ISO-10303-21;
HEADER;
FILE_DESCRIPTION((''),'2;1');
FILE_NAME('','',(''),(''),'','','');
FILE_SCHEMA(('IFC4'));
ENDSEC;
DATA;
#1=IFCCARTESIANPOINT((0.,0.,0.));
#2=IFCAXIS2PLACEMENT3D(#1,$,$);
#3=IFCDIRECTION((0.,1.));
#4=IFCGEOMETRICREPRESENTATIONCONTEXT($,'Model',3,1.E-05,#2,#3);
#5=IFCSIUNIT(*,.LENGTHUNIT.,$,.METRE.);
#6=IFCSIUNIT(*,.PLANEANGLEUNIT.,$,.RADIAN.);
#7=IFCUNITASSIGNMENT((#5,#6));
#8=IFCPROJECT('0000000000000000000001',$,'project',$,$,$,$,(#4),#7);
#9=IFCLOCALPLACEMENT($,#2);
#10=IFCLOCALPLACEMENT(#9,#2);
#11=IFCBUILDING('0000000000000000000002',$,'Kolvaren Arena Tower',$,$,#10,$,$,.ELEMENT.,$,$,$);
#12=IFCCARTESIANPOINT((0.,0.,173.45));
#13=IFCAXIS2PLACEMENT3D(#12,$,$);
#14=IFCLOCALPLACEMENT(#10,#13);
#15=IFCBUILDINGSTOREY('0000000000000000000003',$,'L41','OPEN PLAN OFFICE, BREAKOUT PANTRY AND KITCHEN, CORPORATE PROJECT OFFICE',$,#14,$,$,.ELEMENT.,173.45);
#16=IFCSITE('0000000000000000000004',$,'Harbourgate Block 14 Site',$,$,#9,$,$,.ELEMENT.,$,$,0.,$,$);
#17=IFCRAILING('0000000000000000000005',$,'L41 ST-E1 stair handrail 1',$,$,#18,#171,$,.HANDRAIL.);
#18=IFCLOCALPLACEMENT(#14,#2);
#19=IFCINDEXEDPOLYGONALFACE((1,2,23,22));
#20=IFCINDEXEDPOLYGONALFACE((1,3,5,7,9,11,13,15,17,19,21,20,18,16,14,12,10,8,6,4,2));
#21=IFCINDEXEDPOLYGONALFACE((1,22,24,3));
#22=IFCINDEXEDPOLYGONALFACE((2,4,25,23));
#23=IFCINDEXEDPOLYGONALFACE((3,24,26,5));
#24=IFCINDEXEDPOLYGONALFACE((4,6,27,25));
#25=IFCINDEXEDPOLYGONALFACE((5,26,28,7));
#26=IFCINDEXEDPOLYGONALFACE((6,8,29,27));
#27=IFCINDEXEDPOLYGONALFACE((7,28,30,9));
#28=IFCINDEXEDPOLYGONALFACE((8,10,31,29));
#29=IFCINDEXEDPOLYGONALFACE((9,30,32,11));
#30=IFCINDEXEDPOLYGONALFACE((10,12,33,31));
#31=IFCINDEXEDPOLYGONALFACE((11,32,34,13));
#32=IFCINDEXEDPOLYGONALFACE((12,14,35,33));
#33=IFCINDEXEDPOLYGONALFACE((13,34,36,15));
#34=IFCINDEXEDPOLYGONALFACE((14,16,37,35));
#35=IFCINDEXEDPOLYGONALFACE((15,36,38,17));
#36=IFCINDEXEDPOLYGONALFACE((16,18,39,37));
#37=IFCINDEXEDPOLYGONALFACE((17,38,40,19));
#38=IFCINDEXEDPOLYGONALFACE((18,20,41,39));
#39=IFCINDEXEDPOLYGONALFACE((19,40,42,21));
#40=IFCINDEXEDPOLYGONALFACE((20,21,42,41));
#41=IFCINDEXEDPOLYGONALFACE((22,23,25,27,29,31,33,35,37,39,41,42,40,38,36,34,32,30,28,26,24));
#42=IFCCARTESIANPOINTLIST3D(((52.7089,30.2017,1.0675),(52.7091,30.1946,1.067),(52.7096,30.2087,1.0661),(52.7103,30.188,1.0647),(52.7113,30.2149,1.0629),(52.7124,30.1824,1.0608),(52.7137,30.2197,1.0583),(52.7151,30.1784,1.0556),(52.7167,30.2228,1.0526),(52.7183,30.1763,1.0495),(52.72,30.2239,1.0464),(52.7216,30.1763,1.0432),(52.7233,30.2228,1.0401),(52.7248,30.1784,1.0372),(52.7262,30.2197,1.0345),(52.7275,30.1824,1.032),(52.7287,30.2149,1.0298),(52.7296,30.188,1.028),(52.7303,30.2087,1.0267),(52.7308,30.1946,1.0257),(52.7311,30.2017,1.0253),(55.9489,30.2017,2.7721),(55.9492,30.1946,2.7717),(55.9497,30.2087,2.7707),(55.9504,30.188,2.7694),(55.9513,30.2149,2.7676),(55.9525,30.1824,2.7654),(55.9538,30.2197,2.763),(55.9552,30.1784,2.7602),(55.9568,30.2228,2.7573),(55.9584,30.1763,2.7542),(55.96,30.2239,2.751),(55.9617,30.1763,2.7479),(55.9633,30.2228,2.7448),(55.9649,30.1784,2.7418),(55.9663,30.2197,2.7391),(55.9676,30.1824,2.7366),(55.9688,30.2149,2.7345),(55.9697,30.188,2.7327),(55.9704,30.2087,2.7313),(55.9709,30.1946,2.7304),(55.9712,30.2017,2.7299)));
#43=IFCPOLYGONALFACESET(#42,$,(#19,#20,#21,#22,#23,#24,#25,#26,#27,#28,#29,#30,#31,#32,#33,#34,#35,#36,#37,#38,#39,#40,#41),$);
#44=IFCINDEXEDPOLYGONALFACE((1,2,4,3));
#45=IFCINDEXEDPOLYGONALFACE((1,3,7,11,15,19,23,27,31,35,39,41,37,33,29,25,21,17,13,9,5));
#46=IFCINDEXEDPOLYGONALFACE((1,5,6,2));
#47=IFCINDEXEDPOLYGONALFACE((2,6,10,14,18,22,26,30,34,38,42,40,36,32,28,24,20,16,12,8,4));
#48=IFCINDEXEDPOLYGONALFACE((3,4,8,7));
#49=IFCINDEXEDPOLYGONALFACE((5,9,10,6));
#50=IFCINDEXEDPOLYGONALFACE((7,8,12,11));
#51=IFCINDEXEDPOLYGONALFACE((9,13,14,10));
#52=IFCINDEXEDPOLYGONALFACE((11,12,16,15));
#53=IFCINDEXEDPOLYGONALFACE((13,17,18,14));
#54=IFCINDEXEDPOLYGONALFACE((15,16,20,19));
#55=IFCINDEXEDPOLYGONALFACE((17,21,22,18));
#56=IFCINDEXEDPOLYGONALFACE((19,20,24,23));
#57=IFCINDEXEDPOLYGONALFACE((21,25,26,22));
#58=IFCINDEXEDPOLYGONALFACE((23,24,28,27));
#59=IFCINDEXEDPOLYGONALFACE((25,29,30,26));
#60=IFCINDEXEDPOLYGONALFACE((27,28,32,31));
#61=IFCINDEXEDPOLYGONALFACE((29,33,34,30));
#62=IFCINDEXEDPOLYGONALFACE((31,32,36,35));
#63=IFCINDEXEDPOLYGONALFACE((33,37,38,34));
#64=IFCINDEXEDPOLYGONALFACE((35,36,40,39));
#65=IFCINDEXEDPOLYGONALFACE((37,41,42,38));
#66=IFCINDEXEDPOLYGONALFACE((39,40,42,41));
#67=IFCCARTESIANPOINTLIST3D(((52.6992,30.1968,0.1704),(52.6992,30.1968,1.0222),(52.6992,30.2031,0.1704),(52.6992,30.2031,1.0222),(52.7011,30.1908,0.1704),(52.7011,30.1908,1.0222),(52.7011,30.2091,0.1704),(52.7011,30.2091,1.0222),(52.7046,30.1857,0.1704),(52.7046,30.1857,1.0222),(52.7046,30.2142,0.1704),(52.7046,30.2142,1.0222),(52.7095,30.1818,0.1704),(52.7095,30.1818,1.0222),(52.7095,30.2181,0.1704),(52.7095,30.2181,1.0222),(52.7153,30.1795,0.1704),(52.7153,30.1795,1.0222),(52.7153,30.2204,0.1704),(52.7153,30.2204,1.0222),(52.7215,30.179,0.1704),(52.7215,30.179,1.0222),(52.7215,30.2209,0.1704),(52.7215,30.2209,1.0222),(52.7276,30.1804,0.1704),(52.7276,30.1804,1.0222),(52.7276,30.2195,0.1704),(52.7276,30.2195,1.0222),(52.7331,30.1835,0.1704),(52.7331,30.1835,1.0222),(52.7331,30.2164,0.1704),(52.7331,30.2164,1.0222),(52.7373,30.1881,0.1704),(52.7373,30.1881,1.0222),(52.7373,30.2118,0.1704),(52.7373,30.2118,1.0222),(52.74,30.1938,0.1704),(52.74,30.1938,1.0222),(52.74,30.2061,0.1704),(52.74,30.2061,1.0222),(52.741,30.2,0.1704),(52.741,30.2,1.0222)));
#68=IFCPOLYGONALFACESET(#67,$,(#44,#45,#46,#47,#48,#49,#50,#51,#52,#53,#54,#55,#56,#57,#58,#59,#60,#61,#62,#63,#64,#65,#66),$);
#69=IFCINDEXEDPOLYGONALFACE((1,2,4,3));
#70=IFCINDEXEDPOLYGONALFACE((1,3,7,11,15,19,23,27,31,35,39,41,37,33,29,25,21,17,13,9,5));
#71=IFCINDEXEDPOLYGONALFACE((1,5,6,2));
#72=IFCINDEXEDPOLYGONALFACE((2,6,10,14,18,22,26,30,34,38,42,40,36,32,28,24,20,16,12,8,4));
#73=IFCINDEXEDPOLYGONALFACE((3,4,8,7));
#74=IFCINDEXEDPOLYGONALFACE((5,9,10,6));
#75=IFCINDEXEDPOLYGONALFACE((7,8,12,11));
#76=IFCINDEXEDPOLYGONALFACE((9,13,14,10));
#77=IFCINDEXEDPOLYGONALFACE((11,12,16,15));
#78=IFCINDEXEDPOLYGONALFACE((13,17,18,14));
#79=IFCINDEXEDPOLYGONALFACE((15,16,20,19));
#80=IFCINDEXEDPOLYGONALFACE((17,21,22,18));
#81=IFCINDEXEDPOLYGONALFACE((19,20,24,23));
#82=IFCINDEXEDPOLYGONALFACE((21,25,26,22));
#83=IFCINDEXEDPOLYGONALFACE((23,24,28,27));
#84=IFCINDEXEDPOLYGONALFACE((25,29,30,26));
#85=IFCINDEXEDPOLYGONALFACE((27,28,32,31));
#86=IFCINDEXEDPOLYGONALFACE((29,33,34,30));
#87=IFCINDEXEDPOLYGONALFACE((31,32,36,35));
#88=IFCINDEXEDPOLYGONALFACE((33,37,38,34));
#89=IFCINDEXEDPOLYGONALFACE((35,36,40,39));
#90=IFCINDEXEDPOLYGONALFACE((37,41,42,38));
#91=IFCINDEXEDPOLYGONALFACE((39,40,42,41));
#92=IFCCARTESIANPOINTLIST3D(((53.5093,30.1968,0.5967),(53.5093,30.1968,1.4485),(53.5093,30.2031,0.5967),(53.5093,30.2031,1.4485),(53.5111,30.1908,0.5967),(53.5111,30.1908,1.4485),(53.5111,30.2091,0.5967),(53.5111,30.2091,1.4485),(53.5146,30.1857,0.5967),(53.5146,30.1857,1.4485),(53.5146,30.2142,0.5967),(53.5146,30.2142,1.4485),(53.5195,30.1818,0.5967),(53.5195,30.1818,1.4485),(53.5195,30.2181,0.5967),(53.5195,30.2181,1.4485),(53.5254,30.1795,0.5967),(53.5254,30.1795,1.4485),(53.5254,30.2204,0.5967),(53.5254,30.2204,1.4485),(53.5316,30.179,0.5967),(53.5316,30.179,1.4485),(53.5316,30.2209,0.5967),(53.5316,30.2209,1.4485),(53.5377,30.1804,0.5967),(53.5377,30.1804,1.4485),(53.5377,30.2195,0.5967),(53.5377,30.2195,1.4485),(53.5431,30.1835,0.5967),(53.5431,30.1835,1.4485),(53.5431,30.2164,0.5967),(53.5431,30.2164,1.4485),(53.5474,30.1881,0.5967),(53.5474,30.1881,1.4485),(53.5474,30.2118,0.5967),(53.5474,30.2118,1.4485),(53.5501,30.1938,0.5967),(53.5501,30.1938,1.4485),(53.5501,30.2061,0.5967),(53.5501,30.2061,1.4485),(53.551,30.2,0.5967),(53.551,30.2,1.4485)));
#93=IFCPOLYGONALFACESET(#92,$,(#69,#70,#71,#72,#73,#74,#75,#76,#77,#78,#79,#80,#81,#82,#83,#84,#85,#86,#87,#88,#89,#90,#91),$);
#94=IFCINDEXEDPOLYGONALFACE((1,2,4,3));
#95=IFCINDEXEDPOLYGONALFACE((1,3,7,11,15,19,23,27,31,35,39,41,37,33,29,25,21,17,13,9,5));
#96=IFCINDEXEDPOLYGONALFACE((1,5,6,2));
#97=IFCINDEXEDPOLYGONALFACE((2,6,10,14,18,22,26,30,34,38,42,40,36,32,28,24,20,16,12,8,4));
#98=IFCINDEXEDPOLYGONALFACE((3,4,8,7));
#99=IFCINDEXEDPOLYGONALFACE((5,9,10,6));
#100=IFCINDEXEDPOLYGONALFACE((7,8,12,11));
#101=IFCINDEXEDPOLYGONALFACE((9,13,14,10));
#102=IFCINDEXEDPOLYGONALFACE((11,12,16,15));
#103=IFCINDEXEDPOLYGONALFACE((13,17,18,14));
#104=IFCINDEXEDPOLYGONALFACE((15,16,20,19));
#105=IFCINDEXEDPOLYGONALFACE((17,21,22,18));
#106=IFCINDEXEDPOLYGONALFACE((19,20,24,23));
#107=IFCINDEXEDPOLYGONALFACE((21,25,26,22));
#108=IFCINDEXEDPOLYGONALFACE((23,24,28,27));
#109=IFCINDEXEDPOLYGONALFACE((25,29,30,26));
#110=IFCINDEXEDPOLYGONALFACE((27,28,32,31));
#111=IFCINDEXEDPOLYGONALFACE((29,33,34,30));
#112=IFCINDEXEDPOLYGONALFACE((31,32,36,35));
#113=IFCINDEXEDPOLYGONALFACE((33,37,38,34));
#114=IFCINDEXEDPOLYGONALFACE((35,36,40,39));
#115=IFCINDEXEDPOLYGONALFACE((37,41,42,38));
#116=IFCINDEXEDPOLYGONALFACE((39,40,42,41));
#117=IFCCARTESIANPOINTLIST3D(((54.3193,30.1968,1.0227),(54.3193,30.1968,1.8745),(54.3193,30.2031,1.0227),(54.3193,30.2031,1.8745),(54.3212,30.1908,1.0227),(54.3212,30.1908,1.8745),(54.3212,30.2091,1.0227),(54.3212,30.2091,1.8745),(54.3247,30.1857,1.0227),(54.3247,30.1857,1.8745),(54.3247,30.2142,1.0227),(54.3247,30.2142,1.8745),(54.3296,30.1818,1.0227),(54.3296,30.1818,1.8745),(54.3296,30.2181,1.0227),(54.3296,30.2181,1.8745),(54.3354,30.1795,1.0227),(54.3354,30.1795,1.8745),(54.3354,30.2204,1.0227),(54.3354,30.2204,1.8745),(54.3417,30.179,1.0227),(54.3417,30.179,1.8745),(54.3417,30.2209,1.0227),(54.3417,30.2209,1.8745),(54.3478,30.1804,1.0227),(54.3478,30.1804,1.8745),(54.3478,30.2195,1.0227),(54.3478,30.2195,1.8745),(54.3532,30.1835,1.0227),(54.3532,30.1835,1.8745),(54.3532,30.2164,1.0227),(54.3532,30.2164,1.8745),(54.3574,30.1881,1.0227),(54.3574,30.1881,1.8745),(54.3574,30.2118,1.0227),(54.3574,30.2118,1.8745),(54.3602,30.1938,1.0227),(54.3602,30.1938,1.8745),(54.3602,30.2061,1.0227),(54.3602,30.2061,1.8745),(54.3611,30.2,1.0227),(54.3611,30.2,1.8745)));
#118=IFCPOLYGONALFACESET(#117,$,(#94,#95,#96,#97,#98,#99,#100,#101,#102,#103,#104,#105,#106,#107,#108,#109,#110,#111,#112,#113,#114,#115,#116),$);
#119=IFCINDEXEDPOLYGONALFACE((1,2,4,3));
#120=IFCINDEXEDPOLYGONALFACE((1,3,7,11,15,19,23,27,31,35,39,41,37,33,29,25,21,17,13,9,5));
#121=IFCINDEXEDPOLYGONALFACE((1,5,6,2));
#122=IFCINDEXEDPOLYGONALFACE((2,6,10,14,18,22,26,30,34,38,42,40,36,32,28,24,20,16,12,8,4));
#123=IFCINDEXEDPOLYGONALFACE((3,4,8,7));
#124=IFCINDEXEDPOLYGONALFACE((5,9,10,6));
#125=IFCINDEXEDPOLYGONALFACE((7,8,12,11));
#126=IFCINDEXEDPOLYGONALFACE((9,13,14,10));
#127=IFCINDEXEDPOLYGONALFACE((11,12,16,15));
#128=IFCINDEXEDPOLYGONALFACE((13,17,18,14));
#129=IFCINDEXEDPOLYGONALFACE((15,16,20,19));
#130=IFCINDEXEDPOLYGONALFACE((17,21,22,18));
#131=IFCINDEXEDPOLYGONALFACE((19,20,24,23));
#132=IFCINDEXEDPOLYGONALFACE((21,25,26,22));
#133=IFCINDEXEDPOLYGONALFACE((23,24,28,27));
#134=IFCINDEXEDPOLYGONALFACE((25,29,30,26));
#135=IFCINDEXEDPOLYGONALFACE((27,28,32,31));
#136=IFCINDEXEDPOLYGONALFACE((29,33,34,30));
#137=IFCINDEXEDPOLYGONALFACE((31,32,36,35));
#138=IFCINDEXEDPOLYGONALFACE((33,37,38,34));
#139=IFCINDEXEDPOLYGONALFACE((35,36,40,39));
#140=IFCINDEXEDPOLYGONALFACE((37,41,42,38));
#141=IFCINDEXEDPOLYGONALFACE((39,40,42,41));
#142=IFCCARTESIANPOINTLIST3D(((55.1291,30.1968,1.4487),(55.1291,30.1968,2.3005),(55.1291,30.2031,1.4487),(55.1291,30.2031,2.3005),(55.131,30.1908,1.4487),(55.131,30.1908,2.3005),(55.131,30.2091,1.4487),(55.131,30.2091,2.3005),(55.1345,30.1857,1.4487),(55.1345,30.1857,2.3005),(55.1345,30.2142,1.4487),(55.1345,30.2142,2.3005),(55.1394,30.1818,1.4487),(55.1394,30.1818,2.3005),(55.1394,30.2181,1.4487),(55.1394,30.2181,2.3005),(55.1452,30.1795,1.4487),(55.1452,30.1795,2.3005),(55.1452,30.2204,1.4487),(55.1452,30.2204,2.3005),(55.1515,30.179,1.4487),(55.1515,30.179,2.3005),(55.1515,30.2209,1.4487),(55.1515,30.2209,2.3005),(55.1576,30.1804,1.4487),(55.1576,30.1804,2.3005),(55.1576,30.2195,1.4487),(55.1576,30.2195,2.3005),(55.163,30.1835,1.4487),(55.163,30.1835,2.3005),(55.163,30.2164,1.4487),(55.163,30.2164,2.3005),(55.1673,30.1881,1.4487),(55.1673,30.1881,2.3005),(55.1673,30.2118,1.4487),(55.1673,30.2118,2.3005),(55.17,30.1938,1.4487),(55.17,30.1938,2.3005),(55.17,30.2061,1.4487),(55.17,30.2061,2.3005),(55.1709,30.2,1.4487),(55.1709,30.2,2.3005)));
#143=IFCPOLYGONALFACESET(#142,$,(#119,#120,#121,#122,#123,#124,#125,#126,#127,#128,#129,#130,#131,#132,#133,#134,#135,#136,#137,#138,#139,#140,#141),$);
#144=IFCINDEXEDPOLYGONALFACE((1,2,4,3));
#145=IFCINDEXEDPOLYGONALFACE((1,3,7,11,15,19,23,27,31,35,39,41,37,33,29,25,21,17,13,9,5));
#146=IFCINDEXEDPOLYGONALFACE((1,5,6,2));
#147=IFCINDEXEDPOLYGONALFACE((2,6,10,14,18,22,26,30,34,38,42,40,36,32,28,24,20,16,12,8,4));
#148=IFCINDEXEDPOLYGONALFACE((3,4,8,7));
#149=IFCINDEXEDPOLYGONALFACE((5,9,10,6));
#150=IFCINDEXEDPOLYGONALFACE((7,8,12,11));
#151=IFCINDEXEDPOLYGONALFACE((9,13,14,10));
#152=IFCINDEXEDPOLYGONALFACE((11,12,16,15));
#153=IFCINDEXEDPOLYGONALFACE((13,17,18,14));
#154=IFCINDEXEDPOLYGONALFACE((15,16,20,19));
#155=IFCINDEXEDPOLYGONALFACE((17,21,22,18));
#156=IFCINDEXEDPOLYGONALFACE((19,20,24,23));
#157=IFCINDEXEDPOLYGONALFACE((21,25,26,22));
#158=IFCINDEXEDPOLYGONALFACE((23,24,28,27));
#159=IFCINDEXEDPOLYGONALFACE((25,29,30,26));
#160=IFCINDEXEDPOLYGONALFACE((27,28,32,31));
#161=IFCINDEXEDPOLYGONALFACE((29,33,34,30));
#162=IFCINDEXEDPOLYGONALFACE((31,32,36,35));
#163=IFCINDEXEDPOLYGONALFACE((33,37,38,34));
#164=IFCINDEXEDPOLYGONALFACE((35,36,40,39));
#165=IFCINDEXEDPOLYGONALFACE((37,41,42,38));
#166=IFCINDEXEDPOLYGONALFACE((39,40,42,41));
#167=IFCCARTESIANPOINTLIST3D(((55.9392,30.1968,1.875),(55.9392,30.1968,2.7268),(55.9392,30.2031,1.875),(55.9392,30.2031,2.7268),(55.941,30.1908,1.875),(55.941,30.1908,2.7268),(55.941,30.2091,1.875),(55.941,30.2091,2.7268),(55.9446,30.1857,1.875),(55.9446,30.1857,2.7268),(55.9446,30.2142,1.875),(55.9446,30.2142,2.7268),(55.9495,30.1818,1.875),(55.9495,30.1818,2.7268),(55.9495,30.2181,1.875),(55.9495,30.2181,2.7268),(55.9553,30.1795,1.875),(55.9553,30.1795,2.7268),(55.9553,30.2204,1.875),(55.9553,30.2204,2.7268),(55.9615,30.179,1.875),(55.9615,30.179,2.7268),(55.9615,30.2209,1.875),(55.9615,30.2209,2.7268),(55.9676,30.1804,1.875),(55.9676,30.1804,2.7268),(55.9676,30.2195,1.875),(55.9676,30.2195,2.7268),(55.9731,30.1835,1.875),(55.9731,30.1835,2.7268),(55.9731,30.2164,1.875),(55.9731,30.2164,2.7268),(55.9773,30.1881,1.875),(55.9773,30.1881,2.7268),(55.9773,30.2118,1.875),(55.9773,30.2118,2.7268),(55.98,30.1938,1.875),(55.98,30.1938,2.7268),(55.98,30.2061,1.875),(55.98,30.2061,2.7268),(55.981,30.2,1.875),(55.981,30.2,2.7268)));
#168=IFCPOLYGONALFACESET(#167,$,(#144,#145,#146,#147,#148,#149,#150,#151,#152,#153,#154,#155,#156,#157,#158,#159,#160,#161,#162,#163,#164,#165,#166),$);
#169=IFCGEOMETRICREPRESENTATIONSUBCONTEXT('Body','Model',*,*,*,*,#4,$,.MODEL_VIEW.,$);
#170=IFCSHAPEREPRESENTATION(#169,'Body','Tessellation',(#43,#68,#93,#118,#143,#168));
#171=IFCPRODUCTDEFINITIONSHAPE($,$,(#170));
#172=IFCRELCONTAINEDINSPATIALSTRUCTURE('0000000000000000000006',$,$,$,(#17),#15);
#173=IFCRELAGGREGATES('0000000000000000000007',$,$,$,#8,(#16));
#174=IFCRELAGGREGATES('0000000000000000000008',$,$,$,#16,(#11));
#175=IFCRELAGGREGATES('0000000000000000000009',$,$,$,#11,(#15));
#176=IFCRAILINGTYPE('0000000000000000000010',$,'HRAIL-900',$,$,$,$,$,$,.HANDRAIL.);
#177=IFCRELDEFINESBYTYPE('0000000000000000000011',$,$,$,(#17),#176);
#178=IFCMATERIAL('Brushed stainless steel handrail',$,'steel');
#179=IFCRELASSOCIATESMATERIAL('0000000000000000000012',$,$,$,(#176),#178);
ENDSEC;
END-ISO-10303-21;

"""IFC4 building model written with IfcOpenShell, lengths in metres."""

from ifc_helpers import new_model, si_unit, direction, frame, origin, origin_2d, place, context, subcontext, project, spatial, circle, extrude, material, type_object, element, save


model = new_model("IFC4")

# Units and contexts
model_context = context("Model", 3, precision=1e-05, world=origin(), true_north=direction((0.0, 1.0)))
body_context = subcontext(model_context, "Body", "Model", "MODEL_VIEW")
ifc_project = project(units=[si_unit("LENGTHUNIT", "METRE"), si_unit("PLANEANGLEUNIT", "RADIAN")], contexts=[model_context])

# Site, building, storey
site_placement = place(None, origin())
site = spatial("IfcSite", under=ifc_project, at=site_placement, Name="Harbourgate Block 14 Site", CompositionType="ELEMENT", RefElevation=0.0)
building_placement = place(site_placement, origin())
building = spatial("IfcBuilding", under=site, at=building_placement, Name="Kolvaren Arena Tower", CompositionType="ELEMENT")
storey_placement = place(building_placement, frame((0.0, 0.0, 173.45)))
storey = spatial("IfcBuildingStorey", under=building, at=storey_placement, Name="L41", Description="OPEN PLAN OFFICE, BREAKOUT PANTRY AND KITCHEN, CORPORATE PROJECT OFFICE", CompositionType="ELEMENT", Elevation=173.45)

# Railing
ifc_material_1 = material(Name="Brushed stainless steel handrail", Category="steel")
railing_type_1 = type_object("IfcRailingType", Name="HRAIL-900", PredefinedType="HANDRAIL", material=ifc_material_1)
railing_1_placement = place(storey_placement, frame((52.72, 30.2, 0.1704)))
element("IfcRailing", 1, at=railing_1_placement, inside=storey, type_object=railing_type_1, Name="L41 ST-E1 stair handrail 1", PredefinedType="HANDRAIL", context=body_context, shape_type="SweptSolid", body=[
    extrude(circle(Radius=0.0239, at=origin_2d()), frame((0.0, 0.0, 0.876), z_axis=(0.884993, 0.0, 0.465604), x_axis=(0.0, 1.0, 0.0)), (0.0, 0.0, 1.0), 3.6611),
    extrude(circle(Radius=0.021, at=origin_2d()), origin(), (0.0, 0.0, 1.0), 0.8518),
    extrude(circle(Radius=0.021, at=origin_2d()), frame((0.8101, 0.0, 0.4263)), (0.0, 0.0, 1.0), 0.8518),
    extrude(circle(Radius=0.021, at=origin_2d()), frame((1.6201, 0.0, 0.8523)), (0.0, 0.0, 1.0), 0.8518),
    extrude(circle(Radius=0.021, at=origin_2d()), frame((2.4299, 0.0, 1.2783)), (0.0, 0.0, 1.0), 0.8518),
    extrude(circle(Radius=0.021, at=origin_2d()), frame((3.24, 0.0, 1.7046)), (0.0, 0.0, 1.0), 0.8518),
])

save(model, "model.ifc")
